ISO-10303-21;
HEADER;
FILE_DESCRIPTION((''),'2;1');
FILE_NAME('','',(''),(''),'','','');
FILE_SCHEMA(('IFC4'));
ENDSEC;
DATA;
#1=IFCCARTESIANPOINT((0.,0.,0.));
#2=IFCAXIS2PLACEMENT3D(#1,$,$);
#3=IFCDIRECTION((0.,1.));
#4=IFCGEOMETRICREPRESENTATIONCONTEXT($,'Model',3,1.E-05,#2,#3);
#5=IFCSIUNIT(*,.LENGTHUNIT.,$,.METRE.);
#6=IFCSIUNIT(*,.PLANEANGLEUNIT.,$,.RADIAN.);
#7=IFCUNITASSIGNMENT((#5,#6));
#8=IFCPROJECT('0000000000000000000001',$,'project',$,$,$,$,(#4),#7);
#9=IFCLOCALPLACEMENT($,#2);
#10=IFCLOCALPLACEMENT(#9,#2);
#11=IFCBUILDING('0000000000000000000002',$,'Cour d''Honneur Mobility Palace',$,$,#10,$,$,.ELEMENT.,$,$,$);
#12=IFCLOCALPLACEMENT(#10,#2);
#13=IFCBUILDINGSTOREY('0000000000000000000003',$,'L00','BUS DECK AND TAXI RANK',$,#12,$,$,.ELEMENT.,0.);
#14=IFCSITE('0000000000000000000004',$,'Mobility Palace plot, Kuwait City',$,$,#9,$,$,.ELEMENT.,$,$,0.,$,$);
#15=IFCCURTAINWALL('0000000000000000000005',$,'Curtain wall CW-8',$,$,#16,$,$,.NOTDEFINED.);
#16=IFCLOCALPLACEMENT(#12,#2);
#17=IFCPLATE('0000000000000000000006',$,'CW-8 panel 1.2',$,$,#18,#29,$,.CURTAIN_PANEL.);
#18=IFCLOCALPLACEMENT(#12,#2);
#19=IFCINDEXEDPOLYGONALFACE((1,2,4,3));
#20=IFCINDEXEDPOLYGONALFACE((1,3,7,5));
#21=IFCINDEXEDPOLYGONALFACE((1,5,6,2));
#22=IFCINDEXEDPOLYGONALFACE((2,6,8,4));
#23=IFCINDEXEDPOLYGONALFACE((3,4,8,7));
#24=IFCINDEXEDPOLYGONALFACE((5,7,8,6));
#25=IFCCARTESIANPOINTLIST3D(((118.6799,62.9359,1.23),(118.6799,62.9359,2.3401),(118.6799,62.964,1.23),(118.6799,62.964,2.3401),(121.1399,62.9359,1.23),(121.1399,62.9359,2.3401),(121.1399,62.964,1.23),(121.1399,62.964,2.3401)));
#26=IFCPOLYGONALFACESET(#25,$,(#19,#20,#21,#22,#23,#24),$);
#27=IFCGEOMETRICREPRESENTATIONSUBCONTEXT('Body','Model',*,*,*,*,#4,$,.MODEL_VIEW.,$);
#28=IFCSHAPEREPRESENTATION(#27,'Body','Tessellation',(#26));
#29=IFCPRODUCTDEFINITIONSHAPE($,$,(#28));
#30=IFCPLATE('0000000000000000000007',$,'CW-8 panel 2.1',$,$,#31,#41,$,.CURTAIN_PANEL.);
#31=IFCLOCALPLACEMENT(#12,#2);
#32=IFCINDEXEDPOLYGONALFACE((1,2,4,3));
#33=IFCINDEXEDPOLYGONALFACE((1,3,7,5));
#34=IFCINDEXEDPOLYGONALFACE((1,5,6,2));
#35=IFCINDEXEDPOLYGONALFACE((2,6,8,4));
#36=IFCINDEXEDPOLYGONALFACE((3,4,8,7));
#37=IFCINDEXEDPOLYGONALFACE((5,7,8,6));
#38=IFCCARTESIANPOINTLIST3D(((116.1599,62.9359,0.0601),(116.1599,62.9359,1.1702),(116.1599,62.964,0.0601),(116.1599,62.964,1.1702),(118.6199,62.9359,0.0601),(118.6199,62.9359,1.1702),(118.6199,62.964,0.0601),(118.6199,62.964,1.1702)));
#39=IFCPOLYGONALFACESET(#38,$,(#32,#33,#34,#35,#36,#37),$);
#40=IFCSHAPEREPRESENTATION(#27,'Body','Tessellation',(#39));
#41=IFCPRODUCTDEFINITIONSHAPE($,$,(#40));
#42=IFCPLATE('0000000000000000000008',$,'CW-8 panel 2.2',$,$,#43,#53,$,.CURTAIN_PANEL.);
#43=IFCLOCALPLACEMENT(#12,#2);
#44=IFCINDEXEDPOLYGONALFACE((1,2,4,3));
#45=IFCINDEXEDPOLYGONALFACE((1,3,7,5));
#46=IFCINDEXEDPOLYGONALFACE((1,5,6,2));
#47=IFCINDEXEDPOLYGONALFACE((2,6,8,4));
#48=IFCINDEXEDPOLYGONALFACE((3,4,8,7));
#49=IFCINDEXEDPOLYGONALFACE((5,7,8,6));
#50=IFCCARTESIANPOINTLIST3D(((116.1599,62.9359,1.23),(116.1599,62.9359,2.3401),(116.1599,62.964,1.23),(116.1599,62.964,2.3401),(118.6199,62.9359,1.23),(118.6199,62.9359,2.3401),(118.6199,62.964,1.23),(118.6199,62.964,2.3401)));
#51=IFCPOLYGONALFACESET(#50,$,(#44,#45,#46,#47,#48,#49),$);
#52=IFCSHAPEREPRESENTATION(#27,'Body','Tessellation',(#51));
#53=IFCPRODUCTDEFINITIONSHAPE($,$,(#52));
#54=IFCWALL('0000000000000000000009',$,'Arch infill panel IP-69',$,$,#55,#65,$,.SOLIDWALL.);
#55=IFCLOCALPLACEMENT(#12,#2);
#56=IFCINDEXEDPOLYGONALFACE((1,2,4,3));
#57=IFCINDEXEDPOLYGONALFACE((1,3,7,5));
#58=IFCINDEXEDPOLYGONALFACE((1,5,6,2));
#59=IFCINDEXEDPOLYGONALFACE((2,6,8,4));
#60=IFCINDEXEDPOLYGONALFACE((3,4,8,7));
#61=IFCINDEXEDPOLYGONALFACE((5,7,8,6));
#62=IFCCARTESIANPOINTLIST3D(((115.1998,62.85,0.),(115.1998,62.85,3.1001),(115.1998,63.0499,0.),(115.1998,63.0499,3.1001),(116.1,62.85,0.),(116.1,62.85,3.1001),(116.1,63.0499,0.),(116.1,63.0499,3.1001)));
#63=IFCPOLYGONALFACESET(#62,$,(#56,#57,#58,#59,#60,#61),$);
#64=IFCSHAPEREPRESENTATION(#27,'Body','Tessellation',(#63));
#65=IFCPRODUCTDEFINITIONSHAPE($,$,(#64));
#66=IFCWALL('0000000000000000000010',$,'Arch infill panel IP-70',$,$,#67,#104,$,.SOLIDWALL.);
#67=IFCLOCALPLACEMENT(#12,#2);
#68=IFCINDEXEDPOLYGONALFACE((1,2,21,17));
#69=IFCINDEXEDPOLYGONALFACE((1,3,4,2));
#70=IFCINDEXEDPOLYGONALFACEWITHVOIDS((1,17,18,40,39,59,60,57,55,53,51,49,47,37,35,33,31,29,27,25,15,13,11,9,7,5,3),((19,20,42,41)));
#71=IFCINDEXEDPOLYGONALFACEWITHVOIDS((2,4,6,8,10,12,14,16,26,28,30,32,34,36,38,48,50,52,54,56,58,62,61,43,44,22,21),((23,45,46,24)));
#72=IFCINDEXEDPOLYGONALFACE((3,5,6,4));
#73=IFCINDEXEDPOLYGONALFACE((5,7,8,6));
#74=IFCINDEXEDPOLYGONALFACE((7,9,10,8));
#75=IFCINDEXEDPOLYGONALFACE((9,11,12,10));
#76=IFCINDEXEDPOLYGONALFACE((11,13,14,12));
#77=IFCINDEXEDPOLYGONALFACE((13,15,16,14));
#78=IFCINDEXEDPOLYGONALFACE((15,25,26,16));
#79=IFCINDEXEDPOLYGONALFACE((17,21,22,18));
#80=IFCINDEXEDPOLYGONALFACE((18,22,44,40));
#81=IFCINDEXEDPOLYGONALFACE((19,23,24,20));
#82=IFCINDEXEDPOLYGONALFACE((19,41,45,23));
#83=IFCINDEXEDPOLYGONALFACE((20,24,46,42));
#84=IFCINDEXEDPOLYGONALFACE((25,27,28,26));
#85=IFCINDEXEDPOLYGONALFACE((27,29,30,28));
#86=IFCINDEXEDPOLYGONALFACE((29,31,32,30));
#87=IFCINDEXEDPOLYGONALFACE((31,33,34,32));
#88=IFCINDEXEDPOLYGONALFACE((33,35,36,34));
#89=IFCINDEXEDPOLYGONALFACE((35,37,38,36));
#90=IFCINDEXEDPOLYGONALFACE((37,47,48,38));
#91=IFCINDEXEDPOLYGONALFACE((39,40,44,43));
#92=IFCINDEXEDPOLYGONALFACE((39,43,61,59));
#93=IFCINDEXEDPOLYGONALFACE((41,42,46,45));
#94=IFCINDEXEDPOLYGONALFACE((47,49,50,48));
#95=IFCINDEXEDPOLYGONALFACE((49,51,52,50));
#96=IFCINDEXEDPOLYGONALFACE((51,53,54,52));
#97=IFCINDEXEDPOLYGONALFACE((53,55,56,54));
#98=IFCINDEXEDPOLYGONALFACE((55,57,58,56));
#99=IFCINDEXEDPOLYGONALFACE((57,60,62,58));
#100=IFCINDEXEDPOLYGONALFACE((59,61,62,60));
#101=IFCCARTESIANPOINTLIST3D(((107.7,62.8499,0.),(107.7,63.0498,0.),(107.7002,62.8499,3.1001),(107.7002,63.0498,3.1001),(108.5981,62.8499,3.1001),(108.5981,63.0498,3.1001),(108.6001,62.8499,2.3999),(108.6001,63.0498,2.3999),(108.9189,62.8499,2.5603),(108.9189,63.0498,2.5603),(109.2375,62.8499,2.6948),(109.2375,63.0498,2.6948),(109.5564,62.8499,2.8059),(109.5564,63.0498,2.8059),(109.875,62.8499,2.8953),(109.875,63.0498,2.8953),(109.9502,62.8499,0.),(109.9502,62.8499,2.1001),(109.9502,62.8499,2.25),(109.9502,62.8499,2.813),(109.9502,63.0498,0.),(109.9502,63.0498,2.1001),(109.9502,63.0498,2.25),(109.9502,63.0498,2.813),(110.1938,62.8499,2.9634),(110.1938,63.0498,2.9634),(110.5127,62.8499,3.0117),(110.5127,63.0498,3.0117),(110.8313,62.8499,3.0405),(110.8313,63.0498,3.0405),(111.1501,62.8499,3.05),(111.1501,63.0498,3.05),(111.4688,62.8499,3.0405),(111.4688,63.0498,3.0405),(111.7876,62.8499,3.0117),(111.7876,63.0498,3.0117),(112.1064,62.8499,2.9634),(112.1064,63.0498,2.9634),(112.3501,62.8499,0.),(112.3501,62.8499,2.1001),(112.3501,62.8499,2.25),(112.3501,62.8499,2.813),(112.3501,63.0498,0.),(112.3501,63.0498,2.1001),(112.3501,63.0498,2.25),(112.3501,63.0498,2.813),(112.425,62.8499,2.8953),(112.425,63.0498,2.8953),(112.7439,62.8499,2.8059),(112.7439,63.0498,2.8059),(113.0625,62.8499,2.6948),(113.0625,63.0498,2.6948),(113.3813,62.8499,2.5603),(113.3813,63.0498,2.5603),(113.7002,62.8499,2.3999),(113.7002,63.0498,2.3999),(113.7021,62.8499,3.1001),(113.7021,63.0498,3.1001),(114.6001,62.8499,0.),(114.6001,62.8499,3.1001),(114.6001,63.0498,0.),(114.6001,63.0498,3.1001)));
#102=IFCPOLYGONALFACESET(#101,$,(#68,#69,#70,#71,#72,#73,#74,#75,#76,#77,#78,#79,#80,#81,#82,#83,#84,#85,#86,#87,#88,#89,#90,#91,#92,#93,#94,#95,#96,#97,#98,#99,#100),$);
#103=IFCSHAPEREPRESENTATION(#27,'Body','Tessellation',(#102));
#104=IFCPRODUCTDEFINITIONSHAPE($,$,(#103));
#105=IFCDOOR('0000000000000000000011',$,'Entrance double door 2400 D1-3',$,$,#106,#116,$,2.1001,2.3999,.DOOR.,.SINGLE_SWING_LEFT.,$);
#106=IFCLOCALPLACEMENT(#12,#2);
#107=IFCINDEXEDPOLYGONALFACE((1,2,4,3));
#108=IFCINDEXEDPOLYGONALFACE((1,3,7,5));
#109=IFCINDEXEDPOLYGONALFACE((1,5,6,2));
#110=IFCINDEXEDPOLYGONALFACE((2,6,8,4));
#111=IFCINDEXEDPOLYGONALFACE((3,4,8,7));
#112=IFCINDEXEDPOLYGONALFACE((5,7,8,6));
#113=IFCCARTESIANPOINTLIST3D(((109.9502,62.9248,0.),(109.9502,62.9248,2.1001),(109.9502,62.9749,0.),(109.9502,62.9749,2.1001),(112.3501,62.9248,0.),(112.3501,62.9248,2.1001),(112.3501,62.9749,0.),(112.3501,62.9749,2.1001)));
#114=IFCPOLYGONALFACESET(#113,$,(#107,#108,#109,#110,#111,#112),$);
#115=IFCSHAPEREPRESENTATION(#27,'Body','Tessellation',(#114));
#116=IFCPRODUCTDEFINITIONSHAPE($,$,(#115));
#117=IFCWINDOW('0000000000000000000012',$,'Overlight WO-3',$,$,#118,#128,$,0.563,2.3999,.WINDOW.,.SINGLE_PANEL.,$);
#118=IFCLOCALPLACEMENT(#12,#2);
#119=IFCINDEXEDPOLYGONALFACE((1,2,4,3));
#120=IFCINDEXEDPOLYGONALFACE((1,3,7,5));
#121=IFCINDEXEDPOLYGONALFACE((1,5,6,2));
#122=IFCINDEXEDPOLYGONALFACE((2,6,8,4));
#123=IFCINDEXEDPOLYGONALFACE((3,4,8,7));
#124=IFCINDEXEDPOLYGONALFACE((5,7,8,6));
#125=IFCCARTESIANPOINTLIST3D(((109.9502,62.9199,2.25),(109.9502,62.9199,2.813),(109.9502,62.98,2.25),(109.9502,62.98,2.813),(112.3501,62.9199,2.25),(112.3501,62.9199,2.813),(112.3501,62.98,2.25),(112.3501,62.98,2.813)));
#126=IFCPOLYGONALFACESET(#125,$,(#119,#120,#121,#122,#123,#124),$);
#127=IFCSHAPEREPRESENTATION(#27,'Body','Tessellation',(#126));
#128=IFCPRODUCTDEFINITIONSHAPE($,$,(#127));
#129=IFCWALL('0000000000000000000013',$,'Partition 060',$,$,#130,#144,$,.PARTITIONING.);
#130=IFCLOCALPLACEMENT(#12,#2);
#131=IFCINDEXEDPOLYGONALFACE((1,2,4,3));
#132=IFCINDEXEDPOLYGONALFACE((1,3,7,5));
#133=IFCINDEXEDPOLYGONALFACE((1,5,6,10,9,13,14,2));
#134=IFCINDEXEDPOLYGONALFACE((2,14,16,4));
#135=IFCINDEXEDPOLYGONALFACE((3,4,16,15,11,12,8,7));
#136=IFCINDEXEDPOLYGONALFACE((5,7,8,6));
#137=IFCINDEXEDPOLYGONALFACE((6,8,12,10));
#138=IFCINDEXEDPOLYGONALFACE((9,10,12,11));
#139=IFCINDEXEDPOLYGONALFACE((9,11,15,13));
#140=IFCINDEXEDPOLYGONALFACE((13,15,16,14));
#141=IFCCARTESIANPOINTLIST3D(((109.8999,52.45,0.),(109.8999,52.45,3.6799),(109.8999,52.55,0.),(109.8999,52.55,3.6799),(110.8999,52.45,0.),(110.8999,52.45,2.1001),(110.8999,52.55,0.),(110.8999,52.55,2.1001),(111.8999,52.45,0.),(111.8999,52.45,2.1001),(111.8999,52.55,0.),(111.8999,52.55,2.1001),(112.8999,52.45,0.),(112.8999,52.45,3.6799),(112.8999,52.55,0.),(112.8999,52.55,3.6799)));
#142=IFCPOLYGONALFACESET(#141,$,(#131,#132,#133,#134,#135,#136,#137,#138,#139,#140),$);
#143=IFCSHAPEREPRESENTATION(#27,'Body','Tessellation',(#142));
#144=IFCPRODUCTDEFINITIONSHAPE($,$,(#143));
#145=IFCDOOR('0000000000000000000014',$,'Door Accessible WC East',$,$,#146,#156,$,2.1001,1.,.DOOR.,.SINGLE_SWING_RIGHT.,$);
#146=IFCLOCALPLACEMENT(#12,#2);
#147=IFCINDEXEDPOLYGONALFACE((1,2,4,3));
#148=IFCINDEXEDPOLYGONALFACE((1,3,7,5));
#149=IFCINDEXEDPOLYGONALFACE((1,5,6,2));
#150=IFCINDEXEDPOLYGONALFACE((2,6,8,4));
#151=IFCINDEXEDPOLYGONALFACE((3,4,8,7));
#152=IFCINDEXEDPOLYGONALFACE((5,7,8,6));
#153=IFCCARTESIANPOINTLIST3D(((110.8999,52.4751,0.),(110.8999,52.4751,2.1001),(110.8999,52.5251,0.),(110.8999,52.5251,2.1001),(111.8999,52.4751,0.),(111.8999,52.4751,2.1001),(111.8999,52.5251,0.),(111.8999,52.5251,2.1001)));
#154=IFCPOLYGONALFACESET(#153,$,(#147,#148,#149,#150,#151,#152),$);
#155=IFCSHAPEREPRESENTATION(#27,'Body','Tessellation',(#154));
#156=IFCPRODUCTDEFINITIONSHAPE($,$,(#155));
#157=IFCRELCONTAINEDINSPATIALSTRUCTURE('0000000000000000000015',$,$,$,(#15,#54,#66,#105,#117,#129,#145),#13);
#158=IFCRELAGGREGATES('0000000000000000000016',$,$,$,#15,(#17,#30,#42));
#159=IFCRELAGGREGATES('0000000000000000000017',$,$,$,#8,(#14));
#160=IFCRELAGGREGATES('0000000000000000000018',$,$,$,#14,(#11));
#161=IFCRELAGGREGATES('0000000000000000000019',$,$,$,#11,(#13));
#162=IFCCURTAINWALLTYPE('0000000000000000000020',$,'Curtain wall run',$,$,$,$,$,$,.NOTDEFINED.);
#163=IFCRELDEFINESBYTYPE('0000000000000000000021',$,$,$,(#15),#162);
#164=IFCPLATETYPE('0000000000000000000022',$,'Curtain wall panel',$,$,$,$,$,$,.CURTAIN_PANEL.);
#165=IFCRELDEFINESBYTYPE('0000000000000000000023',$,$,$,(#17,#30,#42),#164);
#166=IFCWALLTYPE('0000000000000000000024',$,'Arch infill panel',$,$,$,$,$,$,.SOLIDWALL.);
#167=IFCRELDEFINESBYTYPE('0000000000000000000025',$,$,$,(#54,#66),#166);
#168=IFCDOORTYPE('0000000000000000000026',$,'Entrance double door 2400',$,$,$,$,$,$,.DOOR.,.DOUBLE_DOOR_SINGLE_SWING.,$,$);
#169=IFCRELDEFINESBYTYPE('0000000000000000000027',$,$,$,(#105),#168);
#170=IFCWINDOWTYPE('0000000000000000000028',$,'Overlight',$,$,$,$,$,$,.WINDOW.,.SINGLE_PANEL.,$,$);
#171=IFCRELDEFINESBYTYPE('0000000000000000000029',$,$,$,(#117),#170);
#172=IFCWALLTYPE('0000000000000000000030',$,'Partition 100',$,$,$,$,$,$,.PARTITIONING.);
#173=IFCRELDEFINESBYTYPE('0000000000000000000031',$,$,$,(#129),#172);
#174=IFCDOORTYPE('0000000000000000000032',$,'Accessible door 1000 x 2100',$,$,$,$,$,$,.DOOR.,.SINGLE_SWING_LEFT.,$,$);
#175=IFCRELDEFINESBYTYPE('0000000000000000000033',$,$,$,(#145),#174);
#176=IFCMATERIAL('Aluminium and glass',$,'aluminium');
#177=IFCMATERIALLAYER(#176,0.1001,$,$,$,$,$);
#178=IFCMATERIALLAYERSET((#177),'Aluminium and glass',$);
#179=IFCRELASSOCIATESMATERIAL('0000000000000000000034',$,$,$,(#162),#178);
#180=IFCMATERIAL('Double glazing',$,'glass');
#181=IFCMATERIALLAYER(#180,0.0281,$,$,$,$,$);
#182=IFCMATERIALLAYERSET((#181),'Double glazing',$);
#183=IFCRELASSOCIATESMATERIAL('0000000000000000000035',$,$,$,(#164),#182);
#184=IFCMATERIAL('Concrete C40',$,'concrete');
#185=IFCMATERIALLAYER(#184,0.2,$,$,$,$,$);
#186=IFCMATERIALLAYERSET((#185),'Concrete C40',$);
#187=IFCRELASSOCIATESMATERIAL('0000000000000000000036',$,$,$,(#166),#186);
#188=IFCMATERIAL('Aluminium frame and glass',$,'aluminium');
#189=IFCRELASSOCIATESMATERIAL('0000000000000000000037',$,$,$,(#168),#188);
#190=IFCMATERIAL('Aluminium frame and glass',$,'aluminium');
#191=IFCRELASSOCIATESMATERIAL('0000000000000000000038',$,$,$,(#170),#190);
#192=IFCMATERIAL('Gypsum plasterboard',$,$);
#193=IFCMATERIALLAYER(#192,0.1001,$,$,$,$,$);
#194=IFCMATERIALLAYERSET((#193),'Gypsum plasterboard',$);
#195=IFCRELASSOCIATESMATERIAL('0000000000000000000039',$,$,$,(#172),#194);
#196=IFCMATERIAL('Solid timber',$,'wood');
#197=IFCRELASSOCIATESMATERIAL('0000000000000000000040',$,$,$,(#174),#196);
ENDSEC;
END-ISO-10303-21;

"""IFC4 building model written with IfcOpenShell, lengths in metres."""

from ifc_helpers import new_model, si_unit, direction, frame, frame_2d, origin, origin_2d, place, context, subcontext, project, spatial, polyline, rectangle, outline, extrude, material, layer, layer_set, type_object, element, fill, aggregate, save


model = new_model("IFC4")

# Units and contexts
model_context = context("Model", 3, precision=1e-05, world=origin(), true_north=direction((0.0, 1.0)))
body_context = subcontext(model_context, "Body", "Model", "MODEL_VIEW")
ifc_project = project(units=[si_unit("LENGTHUNIT", "METRE"), si_unit("PLANEANGLEUNIT", "RADIAN")], contexts=[model_context])

# Site, building, storey
site_placement = place(None, origin())
site = spatial("IfcSite", under=ifc_project, at=site_placement, Name="Mobility Palace plot, Kuwait City", CompositionType="ELEMENT", RefElevation=0.0)
building_placement = place(site_placement, origin())
building = spatial("IfcBuilding", under=site, at=building_placement, Name="Cour d'Honneur Mobility Palace", CompositionType="ELEMENT")
storey_placement = place(building_placement, origin())
storey = spatial("IfcBuildingStorey", under=building, at=storey_placement, Name="L00", Description="BUS DECK AND TAXI RANK", CompositionType="ELEMENT", Elevation=0.0)

# Curtain wall, plates
ifc_material_1 = material(Name="Aluminium and glass", Category="aluminium")
ifc_layer_1 = layer(ifc_material_1, 0.1001)
ifc_layer_set_1 = layer_set([ifc_layer_1], Name="Aluminium and glass")
curtain_wall_type = type_object("IfcCurtainWallType", Name="Curtain wall run", PredefinedType="NOTDEFINED", material=ifc_layer_set_1)
curtain_wall_placement = place(storey_placement, origin())
curtain_wall = element("IfcCurtainWall", 1, at=curtain_wall_placement, inside=storey, type_object=curtain_wall_type, Name="Curtain wall CW-8", PredefinedType="NOTDEFINED")
ifc_material_2 = material(Name="Double glazing", Category="glass")
ifc_layer_2 = layer(ifc_material_2, 0.0281)
ifc_layer_set_2 = layer_set([ifc_layer_2], Name="Double glazing")
plate_type = type_object("IfcPlateType", Name="Curtain wall panel", PredefinedType="CURTAIN_PANEL", material=ifc_layer_set_2)
plate_1_placement = place(storey_placement, frame((119.9099, 62.95, 1.23), z_axis=(0.0, 0.0, 1.0), x_axis=(-1.0, 0.0, 0.0)))
plate_1 = element("IfcPlate", 2, at=plate_1_placement, type_object=plate_type, Name="CW-8 panel 1.2", PredefinedType="CURTAIN_PANEL", context=body_context, shape_type="SweptSolid", body=[
    extrude(rectangle(XDim=2.46, YDim=0.0281, at=origin_2d()), origin(), (0.0, 0.0, 1.0), 1.1101),
])
plate_2_placement = place(storey_placement, frame((117.3899, 62.95, 0.0601), z_axis=(0.0, 0.0, 1.0), x_axis=(-1.0, 0.0, 0.0)))
plate_2 = element("IfcPlate", 3, at=plate_2_placement, type_object=plate_type, Name="CW-8 panel 2.1", PredefinedType="CURTAIN_PANEL", context=body_context, shape_type="SweptSolid", body=[
    extrude(rectangle(XDim=2.46, YDim=0.0281, at=origin_2d()), origin(), (0.0, 0.0, 1.0), 1.1101),
])
plate_3_placement = place(storey_placement, frame((117.3899, 62.95, 1.23), z_axis=(0.0, 0.0, 1.0), x_axis=(-1.0, 0.0, 0.0)))
plate_3 = element("IfcPlate", 4, at=plate_3_placement, type_object=plate_type, Name="CW-8 panel 2.2", PredefinedType="CURTAIN_PANEL", context=body_context, shape_type="SweptSolid", body=[
    extrude(rectangle(XDim=2.46, YDim=0.0281, at=origin_2d()), origin(), (0.0, 0.0, 1.0), 1.1101),
])
aggregate(curtain_wall, [plate_1, plate_2, plate_3])

# Wall
ifc_material_3 = material(Name="Concrete C40", Category="concrete")
ifc_layer_3 = layer(ifc_material_3, 0.2)
ifc_layer_set_3 = layer_set([ifc_layer_3], Name="Concrete C40")
wall_type_1 = type_object("IfcWallType", Name="Arch infill panel", PredefinedType="SOLIDWALL", material=ifc_layer_set_3)
wall_1_placement = place(storey_placement, frame((116.1001, 62.95, 0.0), z_axis=(0.0, 0.0, 1.0), x_axis=(-1.0, 0.0, 0.0)))
element("IfcWall", 5, at=wall_1_placement, inside=storey, type_object=wall_type_1, Name="Arch infill panel IP-69", PredefinedType="SOLIDWALL", context=body_context, shape_type="SweptSolid", body=[
    extrude(rectangle(XDim=0.9001, YDim=0.2, at=frame_2d((0.4502, 0.0))), origin(), (0.0, 0.0, 1.0), 3.1001),
])

# Wall, openings, door, window
wall_2_placement = place(storey_placement, frame((114.6001, 62.95, 0.0), z_axis=(0.0, 0.0, 1.0), x_axis=(-1.0, 0.0, 0.0)))
wall_2 = element("IfcWall", 6, at=wall_2_placement, inside=storey, type_object=wall_type_1, Name="Arch infill panel IP-70", PredefinedType="SOLIDWALL", context=body_context, shape_type="SweptSolid", body=[
    extrude(outline(polyline([(0.0, 0.0), (6.9001, 0.0), (6.8999, 3.1001), (6.002, 3.1001), (6.0, 2.3999), (5.6812, 2.5603), (5.3625, 2.6948), (5.0437, 2.8059), (4.7251, 2.8953), (4.4062, 2.9634), (4.0874, 3.0117), (3.7688, 3.0405), (3.45, 3.05), (3.1313, 3.0405), (2.8125, 3.0117), (2.4937, 2.9634), (2.175, 2.8953), (1.8562, 2.8059), (1.5376, 2.6948), (1.2188, 2.5603), (0.8999, 2.3999), (0.8979, 3.1001), (0.0, 3.1001), (0.0, 0.0)])), frame((0.0, 0.1001, 0.0), z_axis=(0.0, -1.0, 0.0), x_axis=(1.0, 0.0, 0.0)), (0.0, 0.0, 1.0), 0.2),
])
opening_1_placement = place(wall_2_placement, frame((2.25, 0.0, 0.0)))
opening_1 = element("IfcOpeningElement", 7, at=opening_1_placement, cuts=wall_2, PredefinedType="OPENING", context=body_context, shape_type="SweptSolid", body=[
    extrude(rectangle(XDim=2.3999, YDim=2.1001, at=frame_2d((1.2, 1.05))), frame((0.0, 0.1099, 0.0), z_axis=(0.0, -1.0, 0.0), x_axis=(1.0, 0.0, 0.0)), (0.0, 0.0, 1.0), 0.22),
])
opening_2_placement = place(wall_2_placement, frame((2.25, 0.0, 2.25)))
opening_2 = element("IfcOpeningElement", 8, at=opening_2_placement, cuts=wall_2, PredefinedType="OPENING", context=body_context, shape_type="SweptSolid", body=[
    extrude(rectangle(XDim=2.3999, YDim=0.563, at=frame_2d((1.2, 0.2815))), frame((0.0, 0.1099, 0.0), z_axis=(0.0, -1.0, 0.0), x_axis=(1.0, 0.0, 0.0)), (0.0, 0.0, 1.0), 0.22),
])
ifc_material_4 = material(Name="Aluminium frame and glass", Category="aluminium")
door_type_1 = type_object("IfcDoorType", Name="Entrance double door 2400", OperationType="DOUBLE_DOOR_SINGLE_SWING", PredefinedType="DOOR", material=ifc_material_4)
door_1_placement = place(opening_1_placement, frame((2.3999, 0.0, 0.0), z_axis=(0.0, 0.0, 1.0), x_axis=(-1.0, 0.0, 0.0)))
door_1 = element("IfcDoor", 9, at=door_1_placement, inside=storey, type_object=door_type_1, Name="Entrance double door 2400 D1-3", OperationType="SINGLE_SWING_LEFT", OverallHeight=2.1001, OverallWidth=2.3999, PredefinedType="DOOR", context=body_context, shape_type="SweptSolid", body=[
    extrude(rectangle(XDim=2.3999, YDim=2.1001, at=frame_2d((1.2, 1.05))), frame((0.0, 0.0249, 0.0), z_axis=(0.0, -1.0, 0.0), x_axis=(1.0, 0.0, 0.0)), (0.0, 0.0, 1.0), 0.05),
])
fill(opening_1, door_1)
ifc_material_5 = material(Name="Aluminium frame and glass", Category="aluminium")
window_type = type_object("IfcWindowType", Name="Overlight", PartitioningType="SINGLE_PANEL", PredefinedType="WINDOW", material=ifc_material_5)
window_placement = place(opening_2_placement, origin())
window = element("IfcWindow", 10, at=window_placement, inside=storey, type_object=window_type, Name="Overlight WO-3", OverallHeight=0.563, OverallWidth=2.3999, PartitioningType="SINGLE_PANEL", PredefinedType="WINDOW", context=body_context, shape_type="SweptSolid", body=[
    extrude(rectangle(XDim=2.3999, YDim=0.563, at=frame_2d((1.2, 0.2815))), frame((0.0, 0.03, 0.0), z_axis=(0.0, -1.0, 0.0), x_axis=(1.0, 0.0, 0.0)), (0.0, 0.0, 1.0), 0.0601),
])
fill(opening_2, window)

# Wall, opening, door
ifc_material_6 = material(Name="Gypsum plasterboard")
ifc_layer_4 = layer(ifc_material_6, 0.1001)
ifc_layer_set_4 = layer_set([ifc_layer_4], Name="Gypsum plasterboard")
wall_type_2 = type_object("IfcWallType", Name="Partition 100", PredefinedType="PARTITIONING", material=ifc_layer_set_4)
wall_3_placement = place(storey_placement, frame((112.8999, 52.5, 0.0), z_axis=(0.0, 0.0, 1.0), x_axis=(-1.0, 0.0, 0.0)))
wall_3 = element("IfcWall", 11, at=wall_3_placement, inside=storey, type_object=wall_type_2, Name="Partition 060", PredefinedType="PARTITIONING", context=body_context, shape_type="SweptSolid", body=[
    extrude(rectangle(XDim=3.0, YDim=0.1001, at=frame_2d((1.5, 0.0))), origin(), (0.0, 0.0, 1.0), 3.6799),
])
opening_3_placement = place(wall_3_placement, frame((1.0, 0.0, 0.0)))
opening_3 = element("IfcOpeningElement", 12, at=opening_3_placement, cuts=wall_3, PredefinedType="OPENING", context=body_context, shape_type="SweptSolid", body=[
    extrude(rectangle(XDim=1.0, YDim=2.1001, at=frame_2d((0.5, 1.05))), frame((0.0, 0.0601, 0.0), z_axis=(0.0, -1.0, 0.0), x_axis=(1.0, 0.0, 0.0)), (0.0, 0.0, 1.0), 0.1201),
])
ifc_material_7 = material(Name="Solid timber", Category="wood")
door_type_2 = type_object("IfcDoorType", Name="Accessible door 1000 x 2100", OperationType="SINGLE_SWING_LEFT", PredefinedType="DOOR", material=ifc_material_7)
door_2_placement = place(opening_3_placement, origin())
door_2 = element("IfcDoor", 13, at=door_2_placement, inside=storey, type_object=door_type_2, Name="Door Accessible WC East", OperationType="SINGLE_SWING_RIGHT", OverallHeight=2.1001, OverallWidth=1.0, PredefinedType="DOOR", context=body_context, shape_type="SweptSolid", body=[
    extrude(rectangle(XDim=1.0, YDim=2.1001, at=frame_2d((0.5, 1.05))), frame((0.0, 0.0249, 0.0), z_axis=(0.0, -1.0, 0.0), x_axis=(1.0, 0.0, 0.0)), (0.0, 0.0, 1.0), 0.05),
])
fill(opening_3, door_2)

save(model, "model.ifc")
